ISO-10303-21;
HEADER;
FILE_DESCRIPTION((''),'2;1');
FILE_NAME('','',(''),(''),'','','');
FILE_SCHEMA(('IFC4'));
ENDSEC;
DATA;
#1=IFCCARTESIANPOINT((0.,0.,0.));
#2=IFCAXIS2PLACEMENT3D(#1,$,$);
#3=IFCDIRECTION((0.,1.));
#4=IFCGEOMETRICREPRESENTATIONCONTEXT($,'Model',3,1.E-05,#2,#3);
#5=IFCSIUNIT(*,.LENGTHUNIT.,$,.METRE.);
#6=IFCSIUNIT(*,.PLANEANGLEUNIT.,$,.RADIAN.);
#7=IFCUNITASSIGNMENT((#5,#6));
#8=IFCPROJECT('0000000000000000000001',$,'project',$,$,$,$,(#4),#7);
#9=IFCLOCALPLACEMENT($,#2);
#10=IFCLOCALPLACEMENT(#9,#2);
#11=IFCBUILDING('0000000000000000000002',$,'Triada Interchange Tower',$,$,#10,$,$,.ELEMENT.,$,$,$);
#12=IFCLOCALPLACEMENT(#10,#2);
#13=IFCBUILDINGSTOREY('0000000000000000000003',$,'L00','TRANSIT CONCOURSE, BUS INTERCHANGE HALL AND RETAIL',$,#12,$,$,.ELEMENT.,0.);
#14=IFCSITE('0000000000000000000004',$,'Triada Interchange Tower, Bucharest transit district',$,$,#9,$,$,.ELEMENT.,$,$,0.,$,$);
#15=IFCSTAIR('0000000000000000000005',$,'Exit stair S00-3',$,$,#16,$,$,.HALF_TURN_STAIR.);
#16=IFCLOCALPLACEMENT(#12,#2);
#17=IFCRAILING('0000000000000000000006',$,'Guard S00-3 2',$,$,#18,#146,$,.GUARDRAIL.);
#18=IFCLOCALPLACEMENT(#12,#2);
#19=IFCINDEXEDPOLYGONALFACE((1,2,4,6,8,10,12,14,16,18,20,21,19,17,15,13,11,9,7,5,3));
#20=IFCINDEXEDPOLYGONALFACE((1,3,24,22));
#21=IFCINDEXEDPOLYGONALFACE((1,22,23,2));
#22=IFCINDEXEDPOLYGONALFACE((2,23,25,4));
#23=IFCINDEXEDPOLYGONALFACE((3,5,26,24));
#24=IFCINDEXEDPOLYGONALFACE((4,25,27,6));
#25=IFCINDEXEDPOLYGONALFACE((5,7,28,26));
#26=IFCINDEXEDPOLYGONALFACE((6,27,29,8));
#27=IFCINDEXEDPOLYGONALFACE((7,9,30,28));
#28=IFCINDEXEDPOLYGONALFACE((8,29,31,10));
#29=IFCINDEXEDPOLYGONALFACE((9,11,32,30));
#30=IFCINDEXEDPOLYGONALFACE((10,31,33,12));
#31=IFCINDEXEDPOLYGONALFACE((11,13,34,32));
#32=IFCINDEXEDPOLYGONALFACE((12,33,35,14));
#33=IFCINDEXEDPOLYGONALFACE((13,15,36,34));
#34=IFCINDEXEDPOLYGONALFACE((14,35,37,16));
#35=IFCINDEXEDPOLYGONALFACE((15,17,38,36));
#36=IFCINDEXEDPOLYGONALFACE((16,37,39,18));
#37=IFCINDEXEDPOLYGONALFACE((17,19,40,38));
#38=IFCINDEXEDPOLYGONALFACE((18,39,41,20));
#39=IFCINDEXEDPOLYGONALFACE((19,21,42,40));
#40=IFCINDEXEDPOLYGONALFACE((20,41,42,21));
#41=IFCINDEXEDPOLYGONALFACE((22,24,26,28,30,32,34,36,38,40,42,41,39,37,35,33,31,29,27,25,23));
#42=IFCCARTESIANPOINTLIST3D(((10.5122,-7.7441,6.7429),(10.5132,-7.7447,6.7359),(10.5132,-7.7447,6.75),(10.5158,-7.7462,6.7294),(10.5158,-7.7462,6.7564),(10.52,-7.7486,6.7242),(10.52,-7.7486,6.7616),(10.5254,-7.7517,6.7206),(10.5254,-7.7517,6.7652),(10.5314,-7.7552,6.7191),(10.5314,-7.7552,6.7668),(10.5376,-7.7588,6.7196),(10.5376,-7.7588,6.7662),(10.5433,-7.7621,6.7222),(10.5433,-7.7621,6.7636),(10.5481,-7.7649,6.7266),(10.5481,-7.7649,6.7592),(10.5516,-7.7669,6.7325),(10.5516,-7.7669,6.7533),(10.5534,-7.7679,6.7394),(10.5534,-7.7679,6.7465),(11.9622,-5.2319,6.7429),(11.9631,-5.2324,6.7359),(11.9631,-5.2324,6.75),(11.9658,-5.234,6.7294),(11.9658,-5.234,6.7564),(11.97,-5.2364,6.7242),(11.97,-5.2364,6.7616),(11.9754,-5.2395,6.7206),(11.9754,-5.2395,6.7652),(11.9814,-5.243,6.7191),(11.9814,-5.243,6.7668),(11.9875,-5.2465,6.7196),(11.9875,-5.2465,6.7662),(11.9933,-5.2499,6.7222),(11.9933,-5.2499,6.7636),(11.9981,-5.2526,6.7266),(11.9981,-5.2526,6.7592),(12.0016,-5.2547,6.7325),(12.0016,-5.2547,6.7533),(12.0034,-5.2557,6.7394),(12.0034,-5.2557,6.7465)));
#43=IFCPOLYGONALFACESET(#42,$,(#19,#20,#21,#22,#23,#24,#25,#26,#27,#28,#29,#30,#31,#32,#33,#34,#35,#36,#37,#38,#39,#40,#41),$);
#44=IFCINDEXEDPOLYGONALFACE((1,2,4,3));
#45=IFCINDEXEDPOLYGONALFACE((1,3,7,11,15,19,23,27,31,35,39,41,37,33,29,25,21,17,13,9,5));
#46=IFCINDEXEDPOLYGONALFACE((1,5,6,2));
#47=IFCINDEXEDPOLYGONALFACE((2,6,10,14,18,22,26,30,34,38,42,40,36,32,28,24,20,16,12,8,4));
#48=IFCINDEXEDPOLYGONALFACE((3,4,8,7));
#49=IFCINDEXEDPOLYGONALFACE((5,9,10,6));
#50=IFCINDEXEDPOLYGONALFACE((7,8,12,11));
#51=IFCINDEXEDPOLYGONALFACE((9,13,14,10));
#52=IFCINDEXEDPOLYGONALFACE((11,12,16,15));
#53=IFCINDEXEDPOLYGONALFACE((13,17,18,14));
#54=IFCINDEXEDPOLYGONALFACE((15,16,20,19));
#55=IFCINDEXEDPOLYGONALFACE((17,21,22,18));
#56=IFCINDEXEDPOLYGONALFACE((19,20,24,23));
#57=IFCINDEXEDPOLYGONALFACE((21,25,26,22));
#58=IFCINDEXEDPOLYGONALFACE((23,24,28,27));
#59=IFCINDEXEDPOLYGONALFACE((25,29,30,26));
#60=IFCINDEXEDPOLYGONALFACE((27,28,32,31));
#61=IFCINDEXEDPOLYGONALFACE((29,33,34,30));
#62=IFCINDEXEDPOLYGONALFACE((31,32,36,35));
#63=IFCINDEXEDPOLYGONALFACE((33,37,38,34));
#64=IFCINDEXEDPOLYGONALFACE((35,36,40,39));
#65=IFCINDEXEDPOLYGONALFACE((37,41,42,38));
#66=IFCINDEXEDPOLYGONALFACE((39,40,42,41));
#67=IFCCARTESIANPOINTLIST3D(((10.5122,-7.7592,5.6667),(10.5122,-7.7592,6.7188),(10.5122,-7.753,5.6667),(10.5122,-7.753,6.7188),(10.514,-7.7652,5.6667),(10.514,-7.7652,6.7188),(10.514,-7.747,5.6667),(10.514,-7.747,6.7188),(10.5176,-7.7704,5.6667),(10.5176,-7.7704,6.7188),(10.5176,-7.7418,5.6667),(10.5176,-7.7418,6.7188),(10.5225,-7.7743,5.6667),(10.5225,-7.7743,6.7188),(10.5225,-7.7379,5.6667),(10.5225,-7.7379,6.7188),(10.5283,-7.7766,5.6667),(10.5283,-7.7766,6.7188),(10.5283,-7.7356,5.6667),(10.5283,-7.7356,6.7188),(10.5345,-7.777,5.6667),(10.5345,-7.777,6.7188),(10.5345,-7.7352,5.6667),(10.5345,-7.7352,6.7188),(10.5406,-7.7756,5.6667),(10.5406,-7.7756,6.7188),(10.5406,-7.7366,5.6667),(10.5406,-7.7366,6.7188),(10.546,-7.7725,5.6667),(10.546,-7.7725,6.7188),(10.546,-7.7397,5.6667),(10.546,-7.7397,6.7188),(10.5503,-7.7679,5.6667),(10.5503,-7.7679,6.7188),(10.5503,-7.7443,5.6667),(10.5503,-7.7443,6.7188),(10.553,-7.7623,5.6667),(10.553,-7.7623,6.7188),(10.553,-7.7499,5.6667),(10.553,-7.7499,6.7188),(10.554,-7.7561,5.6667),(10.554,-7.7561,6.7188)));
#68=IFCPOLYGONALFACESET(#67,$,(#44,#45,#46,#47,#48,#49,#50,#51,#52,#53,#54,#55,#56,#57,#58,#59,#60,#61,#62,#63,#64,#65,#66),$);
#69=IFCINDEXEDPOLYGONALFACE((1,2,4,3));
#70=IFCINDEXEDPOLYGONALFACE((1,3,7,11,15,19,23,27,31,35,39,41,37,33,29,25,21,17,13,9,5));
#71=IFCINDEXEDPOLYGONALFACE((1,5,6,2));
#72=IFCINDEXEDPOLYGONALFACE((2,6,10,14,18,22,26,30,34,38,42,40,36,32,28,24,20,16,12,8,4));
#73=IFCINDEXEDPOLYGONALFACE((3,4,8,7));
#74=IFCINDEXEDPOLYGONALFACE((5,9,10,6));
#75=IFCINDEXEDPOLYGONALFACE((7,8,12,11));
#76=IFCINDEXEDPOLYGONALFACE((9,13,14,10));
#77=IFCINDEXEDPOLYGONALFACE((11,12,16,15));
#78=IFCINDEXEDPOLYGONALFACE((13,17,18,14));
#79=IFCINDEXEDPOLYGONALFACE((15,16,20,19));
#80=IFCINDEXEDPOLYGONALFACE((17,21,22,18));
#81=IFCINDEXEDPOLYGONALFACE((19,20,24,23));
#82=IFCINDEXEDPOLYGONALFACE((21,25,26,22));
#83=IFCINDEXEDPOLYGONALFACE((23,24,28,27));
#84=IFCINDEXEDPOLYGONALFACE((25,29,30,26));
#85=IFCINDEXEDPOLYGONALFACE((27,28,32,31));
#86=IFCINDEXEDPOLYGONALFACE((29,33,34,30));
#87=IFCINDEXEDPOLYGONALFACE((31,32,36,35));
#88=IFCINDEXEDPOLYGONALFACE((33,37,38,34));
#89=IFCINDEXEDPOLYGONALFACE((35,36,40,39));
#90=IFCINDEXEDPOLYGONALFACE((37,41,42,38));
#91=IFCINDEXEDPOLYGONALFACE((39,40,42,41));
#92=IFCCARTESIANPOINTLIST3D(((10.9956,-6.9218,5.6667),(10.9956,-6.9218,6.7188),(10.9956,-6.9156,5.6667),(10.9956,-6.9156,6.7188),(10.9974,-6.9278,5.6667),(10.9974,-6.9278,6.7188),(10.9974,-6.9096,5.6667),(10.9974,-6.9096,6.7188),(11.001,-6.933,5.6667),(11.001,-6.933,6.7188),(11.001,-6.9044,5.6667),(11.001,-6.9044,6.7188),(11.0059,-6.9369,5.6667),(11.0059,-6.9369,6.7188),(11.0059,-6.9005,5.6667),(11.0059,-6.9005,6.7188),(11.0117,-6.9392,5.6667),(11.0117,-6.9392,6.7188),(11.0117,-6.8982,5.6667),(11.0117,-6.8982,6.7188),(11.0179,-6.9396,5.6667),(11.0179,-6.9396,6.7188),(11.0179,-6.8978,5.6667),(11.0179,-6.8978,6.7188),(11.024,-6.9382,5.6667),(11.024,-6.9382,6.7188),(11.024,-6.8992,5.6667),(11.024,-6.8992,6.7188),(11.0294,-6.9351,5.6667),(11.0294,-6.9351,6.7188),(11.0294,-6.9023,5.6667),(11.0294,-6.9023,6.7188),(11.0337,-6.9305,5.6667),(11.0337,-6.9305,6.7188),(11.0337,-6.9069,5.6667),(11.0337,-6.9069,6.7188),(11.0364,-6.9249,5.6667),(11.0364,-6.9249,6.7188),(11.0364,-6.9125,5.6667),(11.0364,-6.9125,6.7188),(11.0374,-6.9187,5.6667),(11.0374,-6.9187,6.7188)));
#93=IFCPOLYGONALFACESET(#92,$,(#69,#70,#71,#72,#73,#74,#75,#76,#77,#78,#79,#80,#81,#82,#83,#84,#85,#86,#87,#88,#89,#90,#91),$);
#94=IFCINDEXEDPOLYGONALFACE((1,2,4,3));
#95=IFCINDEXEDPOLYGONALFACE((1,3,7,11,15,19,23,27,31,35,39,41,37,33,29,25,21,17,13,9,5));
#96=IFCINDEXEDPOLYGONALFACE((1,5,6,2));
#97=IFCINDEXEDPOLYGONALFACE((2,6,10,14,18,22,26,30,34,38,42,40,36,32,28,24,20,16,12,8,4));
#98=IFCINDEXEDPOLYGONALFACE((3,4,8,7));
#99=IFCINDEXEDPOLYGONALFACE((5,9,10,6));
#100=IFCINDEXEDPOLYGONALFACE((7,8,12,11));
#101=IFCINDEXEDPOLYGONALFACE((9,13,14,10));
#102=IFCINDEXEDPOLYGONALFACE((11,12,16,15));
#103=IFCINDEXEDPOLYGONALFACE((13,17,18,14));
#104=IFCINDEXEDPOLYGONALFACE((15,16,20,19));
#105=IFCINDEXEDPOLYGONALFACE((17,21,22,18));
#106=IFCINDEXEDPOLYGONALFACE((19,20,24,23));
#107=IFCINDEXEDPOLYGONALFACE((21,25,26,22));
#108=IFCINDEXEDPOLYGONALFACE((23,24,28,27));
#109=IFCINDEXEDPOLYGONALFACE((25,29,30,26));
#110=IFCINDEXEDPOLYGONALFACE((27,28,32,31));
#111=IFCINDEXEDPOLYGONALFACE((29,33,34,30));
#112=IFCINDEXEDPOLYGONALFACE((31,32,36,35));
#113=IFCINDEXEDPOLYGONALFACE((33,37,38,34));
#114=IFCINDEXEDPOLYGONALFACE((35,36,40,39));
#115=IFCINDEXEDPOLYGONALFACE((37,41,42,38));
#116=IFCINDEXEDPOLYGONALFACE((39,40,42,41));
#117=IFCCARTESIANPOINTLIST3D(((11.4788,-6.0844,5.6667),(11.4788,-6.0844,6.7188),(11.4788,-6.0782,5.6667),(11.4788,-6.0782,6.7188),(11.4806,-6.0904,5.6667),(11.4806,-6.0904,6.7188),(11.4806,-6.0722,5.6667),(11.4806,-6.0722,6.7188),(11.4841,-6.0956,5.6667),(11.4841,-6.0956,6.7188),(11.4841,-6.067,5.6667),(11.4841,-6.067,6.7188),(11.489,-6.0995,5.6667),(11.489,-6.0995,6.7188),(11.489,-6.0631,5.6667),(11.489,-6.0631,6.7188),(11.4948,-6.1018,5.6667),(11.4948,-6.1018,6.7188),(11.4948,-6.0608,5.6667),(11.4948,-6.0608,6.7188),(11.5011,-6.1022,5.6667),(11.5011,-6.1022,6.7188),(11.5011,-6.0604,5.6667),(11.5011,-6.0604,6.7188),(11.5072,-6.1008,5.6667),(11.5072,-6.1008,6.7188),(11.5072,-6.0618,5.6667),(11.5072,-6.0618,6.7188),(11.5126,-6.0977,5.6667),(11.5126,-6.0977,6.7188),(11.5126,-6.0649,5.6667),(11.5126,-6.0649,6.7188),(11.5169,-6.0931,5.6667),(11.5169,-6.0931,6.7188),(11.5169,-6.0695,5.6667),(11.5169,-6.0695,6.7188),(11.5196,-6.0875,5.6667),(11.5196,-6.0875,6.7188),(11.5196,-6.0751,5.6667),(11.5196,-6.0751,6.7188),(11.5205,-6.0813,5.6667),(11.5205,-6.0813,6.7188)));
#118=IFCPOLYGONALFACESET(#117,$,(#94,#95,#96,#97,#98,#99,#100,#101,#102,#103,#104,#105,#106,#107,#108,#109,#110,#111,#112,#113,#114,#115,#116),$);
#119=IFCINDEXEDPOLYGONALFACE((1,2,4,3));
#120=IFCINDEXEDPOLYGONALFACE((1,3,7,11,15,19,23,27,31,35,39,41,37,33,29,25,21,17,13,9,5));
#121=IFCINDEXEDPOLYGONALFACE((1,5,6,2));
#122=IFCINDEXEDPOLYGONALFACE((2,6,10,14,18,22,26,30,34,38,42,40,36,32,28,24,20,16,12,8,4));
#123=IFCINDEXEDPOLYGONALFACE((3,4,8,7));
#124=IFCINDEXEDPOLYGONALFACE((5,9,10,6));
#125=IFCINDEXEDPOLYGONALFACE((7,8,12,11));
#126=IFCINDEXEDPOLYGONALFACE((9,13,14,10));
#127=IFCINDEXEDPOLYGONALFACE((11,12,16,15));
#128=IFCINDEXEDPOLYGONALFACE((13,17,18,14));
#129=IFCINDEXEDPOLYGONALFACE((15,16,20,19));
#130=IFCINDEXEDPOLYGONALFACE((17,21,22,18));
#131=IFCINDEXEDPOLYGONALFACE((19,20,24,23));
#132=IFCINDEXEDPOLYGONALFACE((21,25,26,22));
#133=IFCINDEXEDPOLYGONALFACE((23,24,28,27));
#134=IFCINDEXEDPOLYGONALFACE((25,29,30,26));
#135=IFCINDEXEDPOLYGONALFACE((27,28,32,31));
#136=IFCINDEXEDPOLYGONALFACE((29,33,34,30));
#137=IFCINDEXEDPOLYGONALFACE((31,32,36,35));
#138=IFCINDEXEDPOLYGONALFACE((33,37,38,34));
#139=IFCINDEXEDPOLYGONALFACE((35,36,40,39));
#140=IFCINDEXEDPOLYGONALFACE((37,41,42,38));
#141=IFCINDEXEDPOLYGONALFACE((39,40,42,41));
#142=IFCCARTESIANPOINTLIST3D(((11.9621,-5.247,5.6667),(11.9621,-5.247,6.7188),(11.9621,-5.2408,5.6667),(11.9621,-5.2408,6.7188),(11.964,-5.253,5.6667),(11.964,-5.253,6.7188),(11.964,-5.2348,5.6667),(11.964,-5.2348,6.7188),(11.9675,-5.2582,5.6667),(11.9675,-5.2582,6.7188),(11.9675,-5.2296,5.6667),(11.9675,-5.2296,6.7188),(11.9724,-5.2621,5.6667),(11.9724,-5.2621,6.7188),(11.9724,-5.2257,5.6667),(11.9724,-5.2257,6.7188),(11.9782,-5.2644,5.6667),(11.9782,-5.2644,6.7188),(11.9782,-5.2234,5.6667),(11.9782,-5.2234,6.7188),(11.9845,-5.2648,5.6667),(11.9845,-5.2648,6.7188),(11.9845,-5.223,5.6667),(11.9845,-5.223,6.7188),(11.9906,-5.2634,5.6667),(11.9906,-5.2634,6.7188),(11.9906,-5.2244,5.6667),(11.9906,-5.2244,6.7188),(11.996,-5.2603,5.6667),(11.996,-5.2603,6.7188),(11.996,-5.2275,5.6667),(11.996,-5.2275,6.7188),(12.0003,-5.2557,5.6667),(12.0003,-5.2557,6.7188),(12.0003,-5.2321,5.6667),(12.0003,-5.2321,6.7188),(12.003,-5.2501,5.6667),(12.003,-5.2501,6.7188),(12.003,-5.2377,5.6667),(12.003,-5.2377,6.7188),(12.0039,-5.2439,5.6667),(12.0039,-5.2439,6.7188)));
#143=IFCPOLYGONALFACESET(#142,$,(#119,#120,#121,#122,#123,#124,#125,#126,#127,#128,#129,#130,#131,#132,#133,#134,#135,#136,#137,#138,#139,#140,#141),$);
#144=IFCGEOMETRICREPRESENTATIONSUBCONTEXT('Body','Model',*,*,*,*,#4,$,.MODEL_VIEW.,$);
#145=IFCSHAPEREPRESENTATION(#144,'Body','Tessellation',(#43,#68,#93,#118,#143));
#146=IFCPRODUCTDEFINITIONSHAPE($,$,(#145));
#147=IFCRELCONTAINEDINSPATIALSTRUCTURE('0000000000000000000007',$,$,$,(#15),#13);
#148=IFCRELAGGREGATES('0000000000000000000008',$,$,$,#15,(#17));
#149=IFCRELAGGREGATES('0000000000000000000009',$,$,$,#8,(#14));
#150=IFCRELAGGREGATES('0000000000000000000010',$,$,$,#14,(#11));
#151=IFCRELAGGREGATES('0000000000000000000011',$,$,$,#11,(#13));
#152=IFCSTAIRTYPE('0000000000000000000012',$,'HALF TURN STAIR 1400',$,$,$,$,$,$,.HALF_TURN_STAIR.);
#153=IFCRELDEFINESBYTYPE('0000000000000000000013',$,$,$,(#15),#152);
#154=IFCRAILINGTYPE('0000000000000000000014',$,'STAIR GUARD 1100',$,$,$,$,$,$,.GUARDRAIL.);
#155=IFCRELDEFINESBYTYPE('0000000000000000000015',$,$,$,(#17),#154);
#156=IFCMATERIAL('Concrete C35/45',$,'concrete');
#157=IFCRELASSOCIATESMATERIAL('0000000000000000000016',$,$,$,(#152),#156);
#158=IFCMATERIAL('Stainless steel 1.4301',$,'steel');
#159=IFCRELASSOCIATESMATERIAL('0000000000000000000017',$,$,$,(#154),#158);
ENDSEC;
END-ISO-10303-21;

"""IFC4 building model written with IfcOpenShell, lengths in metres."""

from ifc_helpers import new_model, si_unit, direction, frame, origin, origin_2d, place, context, subcontext, project, spatial, circle, extrude, material, type_object, element, aggregate, save


model = new_model("IFC4")

# Units and contexts
model_context = context("Model", 3, precision=1e-05, world=origin(), true_north=direction((0.0, 1.0)))
body_context = subcontext(model_context, "Body", "Model", "MODEL_VIEW")
ifc_project = project(units=[si_unit("LENGTHUNIT", "METRE"), si_unit("PLANEANGLEUNIT", "RADIAN")], contexts=[model_context])

# Site, building, storey
site_placement = place(None, origin())
site = spatial("IfcSite", under=ifc_project, at=site_placement, Name="Triada Interchange Tower, Bucharest transit district", CompositionType="ELEMENT", RefElevation=0.0)
building_placement = place(site_placement, origin())
building = spatial("IfcBuilding", under=site, at=building_placement, Name="Triada Interchange Tower", CompositionType="ELEMENT")
storey_placement = place(building_placement, origin())
storey = spatial("IfcBuildingStorey", under=building, at=storey_placement, Name="L00", Description="TRANSIT CONCOURSE, BUS INTERCHANGE HALL AND RETAIL", CompositionType="ELEMENT", Elevation=0.0)

# Shared definitions
ifc_material_1 = material(Name="Concrete C35/45", Category="concrete")

# Shared definitions
stair_type = type_object("IfcStairType", Name="HALF TURN STAIR 1400", PredefinedType="HALF_TURN_STAIR", material=ifc_material_1)

# Stair, railing
stair_1_placement = place(storey_placement, origin())
stair_1 = element("IfcStair", 1, at=stair_1_placement, inside=storey, type_object=stair_type, Name="Exit stair S00-3", PredefinedType="HALF_TURN_STAIR")
ifc_material_2 = material(Name="Stainless steel 1.4301", Category="steel")
railing_type_1 = type_object("IfcRailingType", Name="STAIR GUARD 1100", PredefinedType="GUARDRAIL", material=ifc_material_2)
railing_1_placement = place(storey_placement, frame((10.533, -7.7561, 5.6667)))
railing_1 = element("IfcRailing", 2, at=railing_1_placement, type_object=railing_type_1, Name="Guard S00-3 2", PredefinedType="GUARDRAIL", context=body_context, shape_type="SweptSolid", body=[
    extrude(circle(Radius=0.0239, at=origin_2d()), frame((0.0, 0.0, 1.0762), z_axis=(0.499878, 0.866096, 0.0), x_axis=(-0.866096, 0.499878, 0.0)), (0.0, 0.0, 1.0), 2.9006),
    extrude(circle(Radius=0.021, at=origin_2d()), origin(), (0.0, 0.0, 1.0), 1.052),
    extrude(circle(Radius=0.021, at=origin_2d()), frame((0.4834, 0.8374, 0.0)), (0.0, 0.0, 1.0), 1.052),
    extrude(circle(Radius=0.021, at=origin_2d()), frame((0.9666, 1.6748, 0.0)), (0.0, 0.0, 1.0), 1.052),
    extrude(circle(Radius=0.021, at=origin_2d()), frame((1.45, 2.5122, 0.0)), (0.0, 0.0, 1.0), 1.052),
])
aggregate(stair_1, [railing_1])

save(model, "model.ifc")
